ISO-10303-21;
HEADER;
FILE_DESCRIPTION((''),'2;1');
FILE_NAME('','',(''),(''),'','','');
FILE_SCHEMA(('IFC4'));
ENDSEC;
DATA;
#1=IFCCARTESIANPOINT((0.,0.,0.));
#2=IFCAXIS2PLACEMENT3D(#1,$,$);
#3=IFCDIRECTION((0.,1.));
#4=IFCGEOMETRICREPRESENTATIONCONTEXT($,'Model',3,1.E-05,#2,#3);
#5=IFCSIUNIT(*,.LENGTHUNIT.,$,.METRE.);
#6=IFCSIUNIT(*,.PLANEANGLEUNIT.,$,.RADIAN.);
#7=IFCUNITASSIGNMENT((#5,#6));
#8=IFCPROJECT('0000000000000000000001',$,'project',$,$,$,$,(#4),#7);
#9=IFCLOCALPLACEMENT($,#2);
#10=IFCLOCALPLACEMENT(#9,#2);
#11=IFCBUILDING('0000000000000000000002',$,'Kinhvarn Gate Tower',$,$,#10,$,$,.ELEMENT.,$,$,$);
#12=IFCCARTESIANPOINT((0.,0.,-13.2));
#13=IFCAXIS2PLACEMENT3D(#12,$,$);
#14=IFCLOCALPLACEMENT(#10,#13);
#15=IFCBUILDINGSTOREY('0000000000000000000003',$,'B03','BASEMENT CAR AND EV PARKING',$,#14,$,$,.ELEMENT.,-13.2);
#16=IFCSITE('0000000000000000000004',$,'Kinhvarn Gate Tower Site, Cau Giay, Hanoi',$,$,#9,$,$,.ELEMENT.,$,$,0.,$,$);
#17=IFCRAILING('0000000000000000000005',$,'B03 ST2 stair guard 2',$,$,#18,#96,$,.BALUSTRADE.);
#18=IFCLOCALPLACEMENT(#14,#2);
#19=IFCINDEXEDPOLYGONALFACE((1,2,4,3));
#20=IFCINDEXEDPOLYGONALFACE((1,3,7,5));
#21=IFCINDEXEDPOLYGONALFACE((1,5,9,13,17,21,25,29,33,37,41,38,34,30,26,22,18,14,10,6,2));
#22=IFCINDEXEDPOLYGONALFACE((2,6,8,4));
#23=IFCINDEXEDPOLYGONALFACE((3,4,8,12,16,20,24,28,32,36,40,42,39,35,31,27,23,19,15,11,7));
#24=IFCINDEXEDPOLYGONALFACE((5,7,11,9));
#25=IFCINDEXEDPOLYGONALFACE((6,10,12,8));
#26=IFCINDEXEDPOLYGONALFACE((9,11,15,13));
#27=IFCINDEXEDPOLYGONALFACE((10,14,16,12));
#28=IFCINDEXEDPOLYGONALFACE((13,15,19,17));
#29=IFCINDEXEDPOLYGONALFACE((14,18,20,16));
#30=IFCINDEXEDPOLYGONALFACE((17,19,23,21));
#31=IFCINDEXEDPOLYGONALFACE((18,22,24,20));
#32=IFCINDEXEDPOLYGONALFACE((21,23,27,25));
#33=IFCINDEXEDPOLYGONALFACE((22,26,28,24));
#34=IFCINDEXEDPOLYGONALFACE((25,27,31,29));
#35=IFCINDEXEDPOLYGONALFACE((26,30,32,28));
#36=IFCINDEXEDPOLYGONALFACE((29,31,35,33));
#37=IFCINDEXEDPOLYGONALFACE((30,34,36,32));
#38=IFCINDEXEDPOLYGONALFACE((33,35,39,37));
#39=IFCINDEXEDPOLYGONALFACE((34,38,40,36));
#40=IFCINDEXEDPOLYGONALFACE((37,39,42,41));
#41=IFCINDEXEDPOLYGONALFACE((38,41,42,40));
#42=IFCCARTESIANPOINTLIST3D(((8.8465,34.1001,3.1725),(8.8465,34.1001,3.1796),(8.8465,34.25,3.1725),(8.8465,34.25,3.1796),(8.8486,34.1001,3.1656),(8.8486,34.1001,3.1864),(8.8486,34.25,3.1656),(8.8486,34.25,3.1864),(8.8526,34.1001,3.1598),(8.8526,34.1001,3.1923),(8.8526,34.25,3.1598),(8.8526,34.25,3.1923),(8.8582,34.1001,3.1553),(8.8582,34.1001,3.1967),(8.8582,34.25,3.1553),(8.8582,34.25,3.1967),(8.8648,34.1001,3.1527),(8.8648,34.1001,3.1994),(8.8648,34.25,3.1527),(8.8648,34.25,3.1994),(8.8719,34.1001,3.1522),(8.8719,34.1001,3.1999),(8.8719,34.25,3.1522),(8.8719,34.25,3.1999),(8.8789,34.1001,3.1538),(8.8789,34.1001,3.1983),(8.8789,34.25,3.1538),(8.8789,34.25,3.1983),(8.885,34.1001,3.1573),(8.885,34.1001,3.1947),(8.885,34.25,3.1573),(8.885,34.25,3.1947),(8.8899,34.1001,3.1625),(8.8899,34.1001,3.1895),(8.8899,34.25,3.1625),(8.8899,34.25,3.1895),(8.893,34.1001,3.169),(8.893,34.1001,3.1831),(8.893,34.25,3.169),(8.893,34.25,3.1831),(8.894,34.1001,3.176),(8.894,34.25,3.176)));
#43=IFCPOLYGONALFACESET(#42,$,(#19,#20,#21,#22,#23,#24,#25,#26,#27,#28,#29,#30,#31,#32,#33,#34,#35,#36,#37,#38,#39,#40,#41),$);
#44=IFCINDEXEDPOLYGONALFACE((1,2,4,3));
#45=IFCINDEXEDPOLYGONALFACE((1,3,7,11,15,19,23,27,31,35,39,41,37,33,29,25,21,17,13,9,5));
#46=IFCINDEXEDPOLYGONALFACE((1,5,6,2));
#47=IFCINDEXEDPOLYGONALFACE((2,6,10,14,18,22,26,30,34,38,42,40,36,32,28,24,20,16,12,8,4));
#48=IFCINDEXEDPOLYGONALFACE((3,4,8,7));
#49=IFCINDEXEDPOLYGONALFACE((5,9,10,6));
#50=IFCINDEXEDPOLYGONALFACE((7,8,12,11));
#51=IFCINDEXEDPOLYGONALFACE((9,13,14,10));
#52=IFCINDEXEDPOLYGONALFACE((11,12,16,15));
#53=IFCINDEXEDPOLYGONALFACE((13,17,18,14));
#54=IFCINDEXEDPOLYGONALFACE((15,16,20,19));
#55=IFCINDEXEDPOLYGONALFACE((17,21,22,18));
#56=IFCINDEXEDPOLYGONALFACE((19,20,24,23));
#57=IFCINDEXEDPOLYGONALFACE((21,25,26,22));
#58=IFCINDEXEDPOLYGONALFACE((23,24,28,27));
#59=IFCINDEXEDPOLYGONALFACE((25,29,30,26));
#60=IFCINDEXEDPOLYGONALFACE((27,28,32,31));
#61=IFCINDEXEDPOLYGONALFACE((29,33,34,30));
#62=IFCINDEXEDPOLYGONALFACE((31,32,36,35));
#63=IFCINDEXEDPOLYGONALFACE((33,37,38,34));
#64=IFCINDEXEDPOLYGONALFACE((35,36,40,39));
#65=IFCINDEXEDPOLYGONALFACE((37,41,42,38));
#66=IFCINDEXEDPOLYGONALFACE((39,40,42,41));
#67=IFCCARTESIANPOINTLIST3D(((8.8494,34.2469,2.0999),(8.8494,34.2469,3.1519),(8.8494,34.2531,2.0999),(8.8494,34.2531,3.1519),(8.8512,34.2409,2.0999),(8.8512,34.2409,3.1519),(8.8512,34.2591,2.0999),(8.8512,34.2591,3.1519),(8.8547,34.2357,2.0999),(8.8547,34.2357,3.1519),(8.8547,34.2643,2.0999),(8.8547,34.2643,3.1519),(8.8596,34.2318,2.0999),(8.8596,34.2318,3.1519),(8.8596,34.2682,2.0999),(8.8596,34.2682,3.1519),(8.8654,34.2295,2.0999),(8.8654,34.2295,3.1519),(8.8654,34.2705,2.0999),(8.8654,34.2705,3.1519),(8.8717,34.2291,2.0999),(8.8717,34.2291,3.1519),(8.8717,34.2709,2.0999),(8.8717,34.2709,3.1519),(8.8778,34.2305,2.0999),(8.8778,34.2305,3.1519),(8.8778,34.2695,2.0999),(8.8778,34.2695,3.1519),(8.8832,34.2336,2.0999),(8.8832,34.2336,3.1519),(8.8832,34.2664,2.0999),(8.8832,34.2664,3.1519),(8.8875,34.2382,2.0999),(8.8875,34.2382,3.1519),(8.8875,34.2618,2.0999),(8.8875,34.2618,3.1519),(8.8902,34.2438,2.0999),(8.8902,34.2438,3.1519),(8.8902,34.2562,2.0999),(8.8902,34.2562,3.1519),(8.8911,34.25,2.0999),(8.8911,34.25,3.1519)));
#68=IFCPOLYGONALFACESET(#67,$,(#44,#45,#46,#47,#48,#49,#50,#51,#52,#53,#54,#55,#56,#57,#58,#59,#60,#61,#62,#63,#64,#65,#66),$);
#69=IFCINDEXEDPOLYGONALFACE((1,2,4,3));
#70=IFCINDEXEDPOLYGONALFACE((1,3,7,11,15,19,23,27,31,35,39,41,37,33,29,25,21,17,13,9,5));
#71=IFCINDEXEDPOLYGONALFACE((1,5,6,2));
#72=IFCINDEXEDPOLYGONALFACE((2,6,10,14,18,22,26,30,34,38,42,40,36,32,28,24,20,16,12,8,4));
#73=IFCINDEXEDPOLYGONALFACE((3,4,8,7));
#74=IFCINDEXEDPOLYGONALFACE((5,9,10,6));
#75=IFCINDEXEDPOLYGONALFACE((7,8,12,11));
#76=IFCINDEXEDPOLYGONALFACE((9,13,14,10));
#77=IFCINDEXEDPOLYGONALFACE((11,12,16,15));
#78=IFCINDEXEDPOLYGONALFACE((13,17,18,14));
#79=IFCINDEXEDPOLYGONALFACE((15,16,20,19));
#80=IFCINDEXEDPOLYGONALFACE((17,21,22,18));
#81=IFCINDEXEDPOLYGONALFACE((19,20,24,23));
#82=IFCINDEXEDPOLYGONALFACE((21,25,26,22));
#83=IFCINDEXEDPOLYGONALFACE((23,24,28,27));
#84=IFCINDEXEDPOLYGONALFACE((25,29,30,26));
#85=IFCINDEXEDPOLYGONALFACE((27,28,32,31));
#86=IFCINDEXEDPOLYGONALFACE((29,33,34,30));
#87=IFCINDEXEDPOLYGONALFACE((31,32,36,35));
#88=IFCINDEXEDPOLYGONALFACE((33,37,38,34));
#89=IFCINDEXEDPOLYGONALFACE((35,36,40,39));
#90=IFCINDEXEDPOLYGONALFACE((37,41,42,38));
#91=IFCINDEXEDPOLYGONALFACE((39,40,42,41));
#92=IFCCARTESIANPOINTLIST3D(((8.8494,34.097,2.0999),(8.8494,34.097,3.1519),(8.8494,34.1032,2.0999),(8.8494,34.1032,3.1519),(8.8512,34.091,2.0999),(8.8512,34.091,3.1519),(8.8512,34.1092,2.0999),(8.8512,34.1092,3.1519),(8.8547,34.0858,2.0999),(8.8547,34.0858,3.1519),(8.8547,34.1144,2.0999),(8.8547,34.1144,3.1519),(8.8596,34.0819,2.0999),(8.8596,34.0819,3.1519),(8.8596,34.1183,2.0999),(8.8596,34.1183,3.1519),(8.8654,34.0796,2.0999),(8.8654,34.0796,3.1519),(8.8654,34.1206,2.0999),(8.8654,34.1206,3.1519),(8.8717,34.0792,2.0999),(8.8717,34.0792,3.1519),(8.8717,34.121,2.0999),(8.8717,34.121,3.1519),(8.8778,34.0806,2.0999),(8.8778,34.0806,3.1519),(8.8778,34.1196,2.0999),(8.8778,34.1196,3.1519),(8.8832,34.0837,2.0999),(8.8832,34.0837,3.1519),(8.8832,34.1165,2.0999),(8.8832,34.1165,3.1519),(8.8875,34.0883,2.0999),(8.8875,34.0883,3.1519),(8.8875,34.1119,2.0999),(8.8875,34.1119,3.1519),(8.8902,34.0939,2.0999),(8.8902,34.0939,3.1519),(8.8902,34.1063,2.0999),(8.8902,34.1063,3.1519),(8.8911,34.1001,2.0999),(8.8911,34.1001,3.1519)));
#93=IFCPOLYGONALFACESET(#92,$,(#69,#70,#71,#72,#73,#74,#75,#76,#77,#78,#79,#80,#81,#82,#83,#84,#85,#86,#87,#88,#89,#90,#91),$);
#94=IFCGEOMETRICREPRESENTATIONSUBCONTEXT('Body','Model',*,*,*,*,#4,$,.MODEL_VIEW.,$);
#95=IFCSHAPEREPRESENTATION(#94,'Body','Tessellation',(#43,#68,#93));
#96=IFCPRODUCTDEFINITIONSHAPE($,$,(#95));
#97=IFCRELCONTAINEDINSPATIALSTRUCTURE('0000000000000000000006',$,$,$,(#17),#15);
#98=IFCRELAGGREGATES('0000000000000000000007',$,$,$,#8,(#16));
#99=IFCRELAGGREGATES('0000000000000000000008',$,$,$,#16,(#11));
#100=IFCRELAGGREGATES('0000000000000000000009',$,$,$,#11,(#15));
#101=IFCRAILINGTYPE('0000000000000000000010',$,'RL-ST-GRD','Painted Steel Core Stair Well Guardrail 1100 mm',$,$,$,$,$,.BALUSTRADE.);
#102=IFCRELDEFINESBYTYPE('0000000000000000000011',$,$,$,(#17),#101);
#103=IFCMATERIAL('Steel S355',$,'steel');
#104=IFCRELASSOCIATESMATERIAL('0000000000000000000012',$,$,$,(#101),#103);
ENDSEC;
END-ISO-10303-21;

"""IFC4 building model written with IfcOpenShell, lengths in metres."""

from ifc_helpers import new_model, si_unit, direction, frame, origin, origin_2d, place, context, subcontext, project, spatial, circle, extrude, material, type_object, element, save


model = new_model("IFC4")

# Units and contexts
model_context = context("Model", 3, precision=1e-05, world=origin(), true_north=direction((0.0, 1.0)))
body_context = subcontext(model_context, "Body", "Model", "MODEL_VIEW")
ifc_project = project(units=[si_unit("LENGTHUNIT", "METRE"), si_unit("PLANEANGLEUNIT", "RADIAN")], contexts=[model_context])

# Site, building, storey
site_placement = place(None, origin())
site = spatial("IfcSite", under=ifc_project, at=site_placement, Name="Kinhvarn Gate Tower Site, Cau Giay, Hanoi", CompositionType="ELEMENT", RefElevation=0.0)
building_placement = place(site_placement, origin())
building = spatial("IfcBuilding", under=site, at=building_placement, Name="Kinhvarn Gate Tower", CompositionType="ELEMENT")
storey_placement = place(building_placement, frame((0.0, 0.0, -13.2)))
storey = spatial("IfcBuildingStorey", under=building, at=storey_placement, Name="B03", Description="BASEMENT CAR AND EV PARKING", CompositionType="ELEMENT", Elevation=-13.2)

# Shared definitions
ifc_material_1 = material(Name="Steel S355", Category="steel")

# Railing
railing_type_1 = type_object("IfcRailingType", Name="RL-ST-GRD", Description="Painted Steel Core Stair Well Guardrail 1100 mm", PredefinedType="BALUSTRADE", material=ifc_material_1)
railing_1_placement = place(storey_placement, frame((8.8701, 34.25, 2.0999)))
element("IfcRailing", 1, at=railing_1_placement, inside=storey, type_object=railing_type_1, Name="B03 ST2 stair guard 2", PredefinedType="BALUSTRADE", context=body_context, shape_type="SweptSolid", body=[
    extrude(circle(Radius=0.0239, at=origin_2d()), frame((0.0, 0.0, 1.0762), z_axis=(0.0, -1.0, 0.0), x_axis=(1.0, 0.0, 0.0)), (0.0, 0.0, 1.0), 0.1499),
    extrude(circle(Radius=0.021, at=origin_2d()), origin(), (0.0, 0.0, 1.0), 1.052),
    extrude(circle(Radius=0.021, at=origin_2d()), frame((0.0, -0.1499, 0.0)), (0.0, 0.0, 1.0), 1.052),
])

save(model, "model.ifc")
